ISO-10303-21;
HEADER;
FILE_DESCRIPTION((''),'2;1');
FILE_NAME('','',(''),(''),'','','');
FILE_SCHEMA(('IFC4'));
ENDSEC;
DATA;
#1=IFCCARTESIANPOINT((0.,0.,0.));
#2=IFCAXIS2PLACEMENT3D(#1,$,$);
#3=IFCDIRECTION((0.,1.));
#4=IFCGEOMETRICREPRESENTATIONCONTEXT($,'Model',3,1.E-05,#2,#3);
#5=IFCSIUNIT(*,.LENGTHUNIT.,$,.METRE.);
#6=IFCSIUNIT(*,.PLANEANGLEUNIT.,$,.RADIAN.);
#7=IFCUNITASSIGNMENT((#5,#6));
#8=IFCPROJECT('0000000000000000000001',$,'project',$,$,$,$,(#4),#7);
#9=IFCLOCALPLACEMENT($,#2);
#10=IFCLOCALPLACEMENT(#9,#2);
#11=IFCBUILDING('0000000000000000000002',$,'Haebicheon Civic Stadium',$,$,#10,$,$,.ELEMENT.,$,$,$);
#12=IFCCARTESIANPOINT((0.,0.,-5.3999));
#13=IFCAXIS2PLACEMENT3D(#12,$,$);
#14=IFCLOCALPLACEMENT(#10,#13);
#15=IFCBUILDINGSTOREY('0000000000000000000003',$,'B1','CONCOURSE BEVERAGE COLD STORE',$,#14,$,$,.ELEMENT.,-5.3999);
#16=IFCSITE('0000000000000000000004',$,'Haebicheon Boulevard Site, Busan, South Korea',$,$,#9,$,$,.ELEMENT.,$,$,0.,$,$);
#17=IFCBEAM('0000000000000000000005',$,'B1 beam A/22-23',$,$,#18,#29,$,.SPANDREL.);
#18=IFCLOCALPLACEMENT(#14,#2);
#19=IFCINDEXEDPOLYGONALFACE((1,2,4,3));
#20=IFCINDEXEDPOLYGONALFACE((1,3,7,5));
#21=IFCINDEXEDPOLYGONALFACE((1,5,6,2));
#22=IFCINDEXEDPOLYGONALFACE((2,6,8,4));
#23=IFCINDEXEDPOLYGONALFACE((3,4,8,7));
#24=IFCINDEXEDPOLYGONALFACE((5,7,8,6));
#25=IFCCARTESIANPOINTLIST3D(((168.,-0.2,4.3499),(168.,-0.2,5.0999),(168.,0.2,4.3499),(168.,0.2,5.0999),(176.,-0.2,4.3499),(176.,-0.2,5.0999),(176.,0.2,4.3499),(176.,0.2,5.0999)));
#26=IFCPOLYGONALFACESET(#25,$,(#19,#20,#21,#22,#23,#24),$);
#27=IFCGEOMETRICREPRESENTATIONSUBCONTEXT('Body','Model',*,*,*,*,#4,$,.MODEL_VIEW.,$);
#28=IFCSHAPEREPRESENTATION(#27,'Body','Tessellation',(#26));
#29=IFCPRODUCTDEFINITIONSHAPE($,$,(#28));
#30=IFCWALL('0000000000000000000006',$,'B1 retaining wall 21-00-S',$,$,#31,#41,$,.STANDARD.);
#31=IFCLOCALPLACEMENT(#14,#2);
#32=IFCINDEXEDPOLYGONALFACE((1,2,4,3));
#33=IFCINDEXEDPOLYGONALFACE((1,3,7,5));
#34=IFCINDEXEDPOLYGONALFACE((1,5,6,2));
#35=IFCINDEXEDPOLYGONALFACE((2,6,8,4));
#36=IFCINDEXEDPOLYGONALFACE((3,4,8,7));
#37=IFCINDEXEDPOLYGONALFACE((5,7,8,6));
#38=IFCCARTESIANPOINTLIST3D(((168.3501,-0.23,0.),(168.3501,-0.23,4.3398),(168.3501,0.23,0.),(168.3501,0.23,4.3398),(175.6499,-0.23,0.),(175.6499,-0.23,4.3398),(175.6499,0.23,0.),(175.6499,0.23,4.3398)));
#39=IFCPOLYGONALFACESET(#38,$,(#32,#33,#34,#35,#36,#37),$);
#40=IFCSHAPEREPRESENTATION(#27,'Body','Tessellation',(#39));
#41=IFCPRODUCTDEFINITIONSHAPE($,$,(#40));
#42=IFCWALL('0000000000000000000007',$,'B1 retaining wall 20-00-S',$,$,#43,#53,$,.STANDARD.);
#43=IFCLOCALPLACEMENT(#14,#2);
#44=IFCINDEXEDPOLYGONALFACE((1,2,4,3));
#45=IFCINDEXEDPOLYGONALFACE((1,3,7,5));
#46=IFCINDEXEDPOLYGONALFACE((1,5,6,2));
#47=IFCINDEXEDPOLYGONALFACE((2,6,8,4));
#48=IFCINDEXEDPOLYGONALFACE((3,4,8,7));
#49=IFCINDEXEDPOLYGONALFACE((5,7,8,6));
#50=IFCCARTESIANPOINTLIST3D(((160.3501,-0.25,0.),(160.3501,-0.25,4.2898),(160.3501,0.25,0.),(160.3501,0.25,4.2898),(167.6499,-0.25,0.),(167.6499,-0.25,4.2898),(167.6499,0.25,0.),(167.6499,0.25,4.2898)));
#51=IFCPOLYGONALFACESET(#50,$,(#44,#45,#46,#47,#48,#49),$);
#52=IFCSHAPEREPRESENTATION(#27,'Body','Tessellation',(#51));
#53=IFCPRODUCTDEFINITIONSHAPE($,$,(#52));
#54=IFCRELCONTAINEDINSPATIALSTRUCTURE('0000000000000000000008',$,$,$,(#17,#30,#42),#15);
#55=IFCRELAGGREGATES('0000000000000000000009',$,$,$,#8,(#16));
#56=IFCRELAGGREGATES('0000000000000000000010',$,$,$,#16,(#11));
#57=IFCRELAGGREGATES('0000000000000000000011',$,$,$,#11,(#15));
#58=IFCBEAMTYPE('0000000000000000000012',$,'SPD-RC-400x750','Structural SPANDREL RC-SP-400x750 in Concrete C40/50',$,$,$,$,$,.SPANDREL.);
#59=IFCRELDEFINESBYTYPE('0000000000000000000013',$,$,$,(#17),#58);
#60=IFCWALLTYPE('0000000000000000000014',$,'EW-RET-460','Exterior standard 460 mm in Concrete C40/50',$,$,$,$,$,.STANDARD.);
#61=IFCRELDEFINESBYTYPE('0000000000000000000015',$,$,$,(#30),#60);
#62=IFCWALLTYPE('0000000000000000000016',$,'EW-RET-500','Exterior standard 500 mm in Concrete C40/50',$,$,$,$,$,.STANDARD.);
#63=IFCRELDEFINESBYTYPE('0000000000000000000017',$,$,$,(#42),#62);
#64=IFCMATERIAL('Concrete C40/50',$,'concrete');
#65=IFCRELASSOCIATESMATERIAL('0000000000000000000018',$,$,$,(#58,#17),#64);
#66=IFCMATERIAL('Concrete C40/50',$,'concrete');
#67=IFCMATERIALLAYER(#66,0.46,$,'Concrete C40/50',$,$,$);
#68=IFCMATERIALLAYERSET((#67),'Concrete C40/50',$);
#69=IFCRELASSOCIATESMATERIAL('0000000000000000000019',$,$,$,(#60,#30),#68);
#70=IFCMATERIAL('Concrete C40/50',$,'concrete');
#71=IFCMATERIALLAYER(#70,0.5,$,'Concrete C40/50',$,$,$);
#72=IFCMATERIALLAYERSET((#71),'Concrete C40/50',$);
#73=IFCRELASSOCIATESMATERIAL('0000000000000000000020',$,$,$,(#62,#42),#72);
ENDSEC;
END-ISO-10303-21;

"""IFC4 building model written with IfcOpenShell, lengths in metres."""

from ifc_helpers import new_model, si_unit, direction, frame, frame_2d, origin, origin_2d, place, context, subcontext, project, spatial, rectangle, extrude, material, layer, layer_set, material_profile, profile_set, type_object, element, save


model = new_model("IFC4")

# Units and contexts
model_context = context("Model", 3, precision=1e-05, world=origin(), true_north=direction((0.0, 1.0)))
body_context = subcontext(model_context, "Body", "Model", "MODEL_VIEW")
ifc_project = project(units=[si_unit("LENGTHUNIT", "METRE"), si_unit("PLANEANGLEUNIT", "RADIAN")], contexts=[model_context])

# Site, building, storey
site_placement = place(None, origin())
site = spatial("IfcSite", under=ifc_project, at=site_placement, Name="Haebicheon Boulevard Site, Busan, South Korea", CompositionType="ELEMENT", RefElevation=0.0)
building_placement = place(site_placement, origin())
building = spatial("IfcBuilding", under=site, at=building_placement, Name="Haebicheon Civic Stadium", CompositionType="ELEMENT")
storey_placement = place(building_placement, frame((0.0, 0.0, -5.3999)))
storey = spatial("IfcBuildingStorey", under=building, at=storey_placement, Name="B1", Description="CONCOURSE BEVERAGE COLD STORE", CompositionType="ELEMENT", Elevation=-5.3999)

# Beam
ifc_material_1 = material(Name="Concrete C40/50", Category="concrete")
ifc_material_profile_1 = material_profile(ifc_material_1, rectangle(XDim=0.3999, YDim=0.75, at=origin_2d()), Name="RC-SP-400x750")
ifc_profile_set_1 = profile_set([ifc_material_profile_1], Name="Concrete C40/50")
beam_type_1 = type_object("IfcBeamType", Name="SPD-RC-400x750", Description="Structural SPANDREL RC-SP-400x750 in Concrete C40/50", PredefinedType="SPANDREL", material=ifc_profile_set_1)
beam_1_placement = place(storey_placement, frame((168.0, 0.0, 4.7249), z_axis=(1.0, 0.0, 0.0), x_axis=(0.0, 1.0, 0.0)))
element("IfcBeam", 1, at=beam_1_placement, inside=storey, type_object=beam_type_1, material=ifc_profile_set_1, Name="B1 beam A/22-23", PredefinedType="SPANDREL", context=body_context, shape_type="SweptSolid", body=[
    extrude(rectangle(XDim=0.3999, YDim=0.75, at=origin_2d()), origin(), (0.0, 0.0, 1.0), 8.0),
])

# Walls
ifc_material_2 = material(Name="Concrete C40/50", Category="concrete")
ifc_layer_1 = layer(ifc_material_2, 0.46, Name="Concrete C40/50")
ifc_layer_set_1 = layer_set([ifc_layer_1], Name="Concrete C40/50")
wall_type_1 = type_object("IfcWallType", Name="EW-RET-460", Description="Exterior standard 460 mm in Concrete C40/50", PredefinedType="STANDARD", material=ifc_layer_set_1)
wall_1_placement = place(storey_placement, frame((168.3501, 0.0, 0.0), z_axis=(0.0, 0.0, 1.0), x_axis=(1.0, 0.0, 0.0)))
element("IfcWall", 2, at=wall_1_placement, inside=storey, type_object=wall_type_1, material=ifc_layer_set_1, Name="B1 retaining wall 21-00-S", PredefinedType="STANDARD", context=body_context, shape_type="SweptSolid", body=[
    extrude(rectangle(XDim=7.2998, YDim=0.46, at=frame_2d((3.6499, 0.0))), origin(), (0.0, 0.0, 1.0), 4.3398),
])
ifc_material_3 = material(Name="Concrete C40/50", Category="concrete")
ifc_layer_2 = layer(ifc_material_3, 0.5, Name="Concrete C40/50")
ifc_layer_set_2 = layer_set([ifc_layer_2], Name="Concrete C40/50")
wall_type_2 = type_object("IfcWallType", Name="EW-RET-500", Description="Exterior standard 500 mm in Concrete C40/50", PredefinedType="STANDARD", material=ifc_layer_set_2)
wall_2_placement = place(storey_placement, frame((160.3501, 0.0, 0.0), z_axis=(0.0, 0.0, 1.0), x_axis=(1.0, 0.0, 0.0)))
element("IfcWall", 3, at=wall_2_placement, inside=storey, type_object=wall_type_2, material=ifc_layer_set_2, Name="B1 retaining wall 20-00-S", PredefinedType="STANDARD", context=body_context, shape_type="SweptSolid", body=[
    extrude(rectangle(XDim=7.2998, YDim=0.5, at=frame_2d((3.6499, 0.0))), origin(), (0.0, 0.0, 1.0), 4.2898),
])

save(model, "model.ifc")
